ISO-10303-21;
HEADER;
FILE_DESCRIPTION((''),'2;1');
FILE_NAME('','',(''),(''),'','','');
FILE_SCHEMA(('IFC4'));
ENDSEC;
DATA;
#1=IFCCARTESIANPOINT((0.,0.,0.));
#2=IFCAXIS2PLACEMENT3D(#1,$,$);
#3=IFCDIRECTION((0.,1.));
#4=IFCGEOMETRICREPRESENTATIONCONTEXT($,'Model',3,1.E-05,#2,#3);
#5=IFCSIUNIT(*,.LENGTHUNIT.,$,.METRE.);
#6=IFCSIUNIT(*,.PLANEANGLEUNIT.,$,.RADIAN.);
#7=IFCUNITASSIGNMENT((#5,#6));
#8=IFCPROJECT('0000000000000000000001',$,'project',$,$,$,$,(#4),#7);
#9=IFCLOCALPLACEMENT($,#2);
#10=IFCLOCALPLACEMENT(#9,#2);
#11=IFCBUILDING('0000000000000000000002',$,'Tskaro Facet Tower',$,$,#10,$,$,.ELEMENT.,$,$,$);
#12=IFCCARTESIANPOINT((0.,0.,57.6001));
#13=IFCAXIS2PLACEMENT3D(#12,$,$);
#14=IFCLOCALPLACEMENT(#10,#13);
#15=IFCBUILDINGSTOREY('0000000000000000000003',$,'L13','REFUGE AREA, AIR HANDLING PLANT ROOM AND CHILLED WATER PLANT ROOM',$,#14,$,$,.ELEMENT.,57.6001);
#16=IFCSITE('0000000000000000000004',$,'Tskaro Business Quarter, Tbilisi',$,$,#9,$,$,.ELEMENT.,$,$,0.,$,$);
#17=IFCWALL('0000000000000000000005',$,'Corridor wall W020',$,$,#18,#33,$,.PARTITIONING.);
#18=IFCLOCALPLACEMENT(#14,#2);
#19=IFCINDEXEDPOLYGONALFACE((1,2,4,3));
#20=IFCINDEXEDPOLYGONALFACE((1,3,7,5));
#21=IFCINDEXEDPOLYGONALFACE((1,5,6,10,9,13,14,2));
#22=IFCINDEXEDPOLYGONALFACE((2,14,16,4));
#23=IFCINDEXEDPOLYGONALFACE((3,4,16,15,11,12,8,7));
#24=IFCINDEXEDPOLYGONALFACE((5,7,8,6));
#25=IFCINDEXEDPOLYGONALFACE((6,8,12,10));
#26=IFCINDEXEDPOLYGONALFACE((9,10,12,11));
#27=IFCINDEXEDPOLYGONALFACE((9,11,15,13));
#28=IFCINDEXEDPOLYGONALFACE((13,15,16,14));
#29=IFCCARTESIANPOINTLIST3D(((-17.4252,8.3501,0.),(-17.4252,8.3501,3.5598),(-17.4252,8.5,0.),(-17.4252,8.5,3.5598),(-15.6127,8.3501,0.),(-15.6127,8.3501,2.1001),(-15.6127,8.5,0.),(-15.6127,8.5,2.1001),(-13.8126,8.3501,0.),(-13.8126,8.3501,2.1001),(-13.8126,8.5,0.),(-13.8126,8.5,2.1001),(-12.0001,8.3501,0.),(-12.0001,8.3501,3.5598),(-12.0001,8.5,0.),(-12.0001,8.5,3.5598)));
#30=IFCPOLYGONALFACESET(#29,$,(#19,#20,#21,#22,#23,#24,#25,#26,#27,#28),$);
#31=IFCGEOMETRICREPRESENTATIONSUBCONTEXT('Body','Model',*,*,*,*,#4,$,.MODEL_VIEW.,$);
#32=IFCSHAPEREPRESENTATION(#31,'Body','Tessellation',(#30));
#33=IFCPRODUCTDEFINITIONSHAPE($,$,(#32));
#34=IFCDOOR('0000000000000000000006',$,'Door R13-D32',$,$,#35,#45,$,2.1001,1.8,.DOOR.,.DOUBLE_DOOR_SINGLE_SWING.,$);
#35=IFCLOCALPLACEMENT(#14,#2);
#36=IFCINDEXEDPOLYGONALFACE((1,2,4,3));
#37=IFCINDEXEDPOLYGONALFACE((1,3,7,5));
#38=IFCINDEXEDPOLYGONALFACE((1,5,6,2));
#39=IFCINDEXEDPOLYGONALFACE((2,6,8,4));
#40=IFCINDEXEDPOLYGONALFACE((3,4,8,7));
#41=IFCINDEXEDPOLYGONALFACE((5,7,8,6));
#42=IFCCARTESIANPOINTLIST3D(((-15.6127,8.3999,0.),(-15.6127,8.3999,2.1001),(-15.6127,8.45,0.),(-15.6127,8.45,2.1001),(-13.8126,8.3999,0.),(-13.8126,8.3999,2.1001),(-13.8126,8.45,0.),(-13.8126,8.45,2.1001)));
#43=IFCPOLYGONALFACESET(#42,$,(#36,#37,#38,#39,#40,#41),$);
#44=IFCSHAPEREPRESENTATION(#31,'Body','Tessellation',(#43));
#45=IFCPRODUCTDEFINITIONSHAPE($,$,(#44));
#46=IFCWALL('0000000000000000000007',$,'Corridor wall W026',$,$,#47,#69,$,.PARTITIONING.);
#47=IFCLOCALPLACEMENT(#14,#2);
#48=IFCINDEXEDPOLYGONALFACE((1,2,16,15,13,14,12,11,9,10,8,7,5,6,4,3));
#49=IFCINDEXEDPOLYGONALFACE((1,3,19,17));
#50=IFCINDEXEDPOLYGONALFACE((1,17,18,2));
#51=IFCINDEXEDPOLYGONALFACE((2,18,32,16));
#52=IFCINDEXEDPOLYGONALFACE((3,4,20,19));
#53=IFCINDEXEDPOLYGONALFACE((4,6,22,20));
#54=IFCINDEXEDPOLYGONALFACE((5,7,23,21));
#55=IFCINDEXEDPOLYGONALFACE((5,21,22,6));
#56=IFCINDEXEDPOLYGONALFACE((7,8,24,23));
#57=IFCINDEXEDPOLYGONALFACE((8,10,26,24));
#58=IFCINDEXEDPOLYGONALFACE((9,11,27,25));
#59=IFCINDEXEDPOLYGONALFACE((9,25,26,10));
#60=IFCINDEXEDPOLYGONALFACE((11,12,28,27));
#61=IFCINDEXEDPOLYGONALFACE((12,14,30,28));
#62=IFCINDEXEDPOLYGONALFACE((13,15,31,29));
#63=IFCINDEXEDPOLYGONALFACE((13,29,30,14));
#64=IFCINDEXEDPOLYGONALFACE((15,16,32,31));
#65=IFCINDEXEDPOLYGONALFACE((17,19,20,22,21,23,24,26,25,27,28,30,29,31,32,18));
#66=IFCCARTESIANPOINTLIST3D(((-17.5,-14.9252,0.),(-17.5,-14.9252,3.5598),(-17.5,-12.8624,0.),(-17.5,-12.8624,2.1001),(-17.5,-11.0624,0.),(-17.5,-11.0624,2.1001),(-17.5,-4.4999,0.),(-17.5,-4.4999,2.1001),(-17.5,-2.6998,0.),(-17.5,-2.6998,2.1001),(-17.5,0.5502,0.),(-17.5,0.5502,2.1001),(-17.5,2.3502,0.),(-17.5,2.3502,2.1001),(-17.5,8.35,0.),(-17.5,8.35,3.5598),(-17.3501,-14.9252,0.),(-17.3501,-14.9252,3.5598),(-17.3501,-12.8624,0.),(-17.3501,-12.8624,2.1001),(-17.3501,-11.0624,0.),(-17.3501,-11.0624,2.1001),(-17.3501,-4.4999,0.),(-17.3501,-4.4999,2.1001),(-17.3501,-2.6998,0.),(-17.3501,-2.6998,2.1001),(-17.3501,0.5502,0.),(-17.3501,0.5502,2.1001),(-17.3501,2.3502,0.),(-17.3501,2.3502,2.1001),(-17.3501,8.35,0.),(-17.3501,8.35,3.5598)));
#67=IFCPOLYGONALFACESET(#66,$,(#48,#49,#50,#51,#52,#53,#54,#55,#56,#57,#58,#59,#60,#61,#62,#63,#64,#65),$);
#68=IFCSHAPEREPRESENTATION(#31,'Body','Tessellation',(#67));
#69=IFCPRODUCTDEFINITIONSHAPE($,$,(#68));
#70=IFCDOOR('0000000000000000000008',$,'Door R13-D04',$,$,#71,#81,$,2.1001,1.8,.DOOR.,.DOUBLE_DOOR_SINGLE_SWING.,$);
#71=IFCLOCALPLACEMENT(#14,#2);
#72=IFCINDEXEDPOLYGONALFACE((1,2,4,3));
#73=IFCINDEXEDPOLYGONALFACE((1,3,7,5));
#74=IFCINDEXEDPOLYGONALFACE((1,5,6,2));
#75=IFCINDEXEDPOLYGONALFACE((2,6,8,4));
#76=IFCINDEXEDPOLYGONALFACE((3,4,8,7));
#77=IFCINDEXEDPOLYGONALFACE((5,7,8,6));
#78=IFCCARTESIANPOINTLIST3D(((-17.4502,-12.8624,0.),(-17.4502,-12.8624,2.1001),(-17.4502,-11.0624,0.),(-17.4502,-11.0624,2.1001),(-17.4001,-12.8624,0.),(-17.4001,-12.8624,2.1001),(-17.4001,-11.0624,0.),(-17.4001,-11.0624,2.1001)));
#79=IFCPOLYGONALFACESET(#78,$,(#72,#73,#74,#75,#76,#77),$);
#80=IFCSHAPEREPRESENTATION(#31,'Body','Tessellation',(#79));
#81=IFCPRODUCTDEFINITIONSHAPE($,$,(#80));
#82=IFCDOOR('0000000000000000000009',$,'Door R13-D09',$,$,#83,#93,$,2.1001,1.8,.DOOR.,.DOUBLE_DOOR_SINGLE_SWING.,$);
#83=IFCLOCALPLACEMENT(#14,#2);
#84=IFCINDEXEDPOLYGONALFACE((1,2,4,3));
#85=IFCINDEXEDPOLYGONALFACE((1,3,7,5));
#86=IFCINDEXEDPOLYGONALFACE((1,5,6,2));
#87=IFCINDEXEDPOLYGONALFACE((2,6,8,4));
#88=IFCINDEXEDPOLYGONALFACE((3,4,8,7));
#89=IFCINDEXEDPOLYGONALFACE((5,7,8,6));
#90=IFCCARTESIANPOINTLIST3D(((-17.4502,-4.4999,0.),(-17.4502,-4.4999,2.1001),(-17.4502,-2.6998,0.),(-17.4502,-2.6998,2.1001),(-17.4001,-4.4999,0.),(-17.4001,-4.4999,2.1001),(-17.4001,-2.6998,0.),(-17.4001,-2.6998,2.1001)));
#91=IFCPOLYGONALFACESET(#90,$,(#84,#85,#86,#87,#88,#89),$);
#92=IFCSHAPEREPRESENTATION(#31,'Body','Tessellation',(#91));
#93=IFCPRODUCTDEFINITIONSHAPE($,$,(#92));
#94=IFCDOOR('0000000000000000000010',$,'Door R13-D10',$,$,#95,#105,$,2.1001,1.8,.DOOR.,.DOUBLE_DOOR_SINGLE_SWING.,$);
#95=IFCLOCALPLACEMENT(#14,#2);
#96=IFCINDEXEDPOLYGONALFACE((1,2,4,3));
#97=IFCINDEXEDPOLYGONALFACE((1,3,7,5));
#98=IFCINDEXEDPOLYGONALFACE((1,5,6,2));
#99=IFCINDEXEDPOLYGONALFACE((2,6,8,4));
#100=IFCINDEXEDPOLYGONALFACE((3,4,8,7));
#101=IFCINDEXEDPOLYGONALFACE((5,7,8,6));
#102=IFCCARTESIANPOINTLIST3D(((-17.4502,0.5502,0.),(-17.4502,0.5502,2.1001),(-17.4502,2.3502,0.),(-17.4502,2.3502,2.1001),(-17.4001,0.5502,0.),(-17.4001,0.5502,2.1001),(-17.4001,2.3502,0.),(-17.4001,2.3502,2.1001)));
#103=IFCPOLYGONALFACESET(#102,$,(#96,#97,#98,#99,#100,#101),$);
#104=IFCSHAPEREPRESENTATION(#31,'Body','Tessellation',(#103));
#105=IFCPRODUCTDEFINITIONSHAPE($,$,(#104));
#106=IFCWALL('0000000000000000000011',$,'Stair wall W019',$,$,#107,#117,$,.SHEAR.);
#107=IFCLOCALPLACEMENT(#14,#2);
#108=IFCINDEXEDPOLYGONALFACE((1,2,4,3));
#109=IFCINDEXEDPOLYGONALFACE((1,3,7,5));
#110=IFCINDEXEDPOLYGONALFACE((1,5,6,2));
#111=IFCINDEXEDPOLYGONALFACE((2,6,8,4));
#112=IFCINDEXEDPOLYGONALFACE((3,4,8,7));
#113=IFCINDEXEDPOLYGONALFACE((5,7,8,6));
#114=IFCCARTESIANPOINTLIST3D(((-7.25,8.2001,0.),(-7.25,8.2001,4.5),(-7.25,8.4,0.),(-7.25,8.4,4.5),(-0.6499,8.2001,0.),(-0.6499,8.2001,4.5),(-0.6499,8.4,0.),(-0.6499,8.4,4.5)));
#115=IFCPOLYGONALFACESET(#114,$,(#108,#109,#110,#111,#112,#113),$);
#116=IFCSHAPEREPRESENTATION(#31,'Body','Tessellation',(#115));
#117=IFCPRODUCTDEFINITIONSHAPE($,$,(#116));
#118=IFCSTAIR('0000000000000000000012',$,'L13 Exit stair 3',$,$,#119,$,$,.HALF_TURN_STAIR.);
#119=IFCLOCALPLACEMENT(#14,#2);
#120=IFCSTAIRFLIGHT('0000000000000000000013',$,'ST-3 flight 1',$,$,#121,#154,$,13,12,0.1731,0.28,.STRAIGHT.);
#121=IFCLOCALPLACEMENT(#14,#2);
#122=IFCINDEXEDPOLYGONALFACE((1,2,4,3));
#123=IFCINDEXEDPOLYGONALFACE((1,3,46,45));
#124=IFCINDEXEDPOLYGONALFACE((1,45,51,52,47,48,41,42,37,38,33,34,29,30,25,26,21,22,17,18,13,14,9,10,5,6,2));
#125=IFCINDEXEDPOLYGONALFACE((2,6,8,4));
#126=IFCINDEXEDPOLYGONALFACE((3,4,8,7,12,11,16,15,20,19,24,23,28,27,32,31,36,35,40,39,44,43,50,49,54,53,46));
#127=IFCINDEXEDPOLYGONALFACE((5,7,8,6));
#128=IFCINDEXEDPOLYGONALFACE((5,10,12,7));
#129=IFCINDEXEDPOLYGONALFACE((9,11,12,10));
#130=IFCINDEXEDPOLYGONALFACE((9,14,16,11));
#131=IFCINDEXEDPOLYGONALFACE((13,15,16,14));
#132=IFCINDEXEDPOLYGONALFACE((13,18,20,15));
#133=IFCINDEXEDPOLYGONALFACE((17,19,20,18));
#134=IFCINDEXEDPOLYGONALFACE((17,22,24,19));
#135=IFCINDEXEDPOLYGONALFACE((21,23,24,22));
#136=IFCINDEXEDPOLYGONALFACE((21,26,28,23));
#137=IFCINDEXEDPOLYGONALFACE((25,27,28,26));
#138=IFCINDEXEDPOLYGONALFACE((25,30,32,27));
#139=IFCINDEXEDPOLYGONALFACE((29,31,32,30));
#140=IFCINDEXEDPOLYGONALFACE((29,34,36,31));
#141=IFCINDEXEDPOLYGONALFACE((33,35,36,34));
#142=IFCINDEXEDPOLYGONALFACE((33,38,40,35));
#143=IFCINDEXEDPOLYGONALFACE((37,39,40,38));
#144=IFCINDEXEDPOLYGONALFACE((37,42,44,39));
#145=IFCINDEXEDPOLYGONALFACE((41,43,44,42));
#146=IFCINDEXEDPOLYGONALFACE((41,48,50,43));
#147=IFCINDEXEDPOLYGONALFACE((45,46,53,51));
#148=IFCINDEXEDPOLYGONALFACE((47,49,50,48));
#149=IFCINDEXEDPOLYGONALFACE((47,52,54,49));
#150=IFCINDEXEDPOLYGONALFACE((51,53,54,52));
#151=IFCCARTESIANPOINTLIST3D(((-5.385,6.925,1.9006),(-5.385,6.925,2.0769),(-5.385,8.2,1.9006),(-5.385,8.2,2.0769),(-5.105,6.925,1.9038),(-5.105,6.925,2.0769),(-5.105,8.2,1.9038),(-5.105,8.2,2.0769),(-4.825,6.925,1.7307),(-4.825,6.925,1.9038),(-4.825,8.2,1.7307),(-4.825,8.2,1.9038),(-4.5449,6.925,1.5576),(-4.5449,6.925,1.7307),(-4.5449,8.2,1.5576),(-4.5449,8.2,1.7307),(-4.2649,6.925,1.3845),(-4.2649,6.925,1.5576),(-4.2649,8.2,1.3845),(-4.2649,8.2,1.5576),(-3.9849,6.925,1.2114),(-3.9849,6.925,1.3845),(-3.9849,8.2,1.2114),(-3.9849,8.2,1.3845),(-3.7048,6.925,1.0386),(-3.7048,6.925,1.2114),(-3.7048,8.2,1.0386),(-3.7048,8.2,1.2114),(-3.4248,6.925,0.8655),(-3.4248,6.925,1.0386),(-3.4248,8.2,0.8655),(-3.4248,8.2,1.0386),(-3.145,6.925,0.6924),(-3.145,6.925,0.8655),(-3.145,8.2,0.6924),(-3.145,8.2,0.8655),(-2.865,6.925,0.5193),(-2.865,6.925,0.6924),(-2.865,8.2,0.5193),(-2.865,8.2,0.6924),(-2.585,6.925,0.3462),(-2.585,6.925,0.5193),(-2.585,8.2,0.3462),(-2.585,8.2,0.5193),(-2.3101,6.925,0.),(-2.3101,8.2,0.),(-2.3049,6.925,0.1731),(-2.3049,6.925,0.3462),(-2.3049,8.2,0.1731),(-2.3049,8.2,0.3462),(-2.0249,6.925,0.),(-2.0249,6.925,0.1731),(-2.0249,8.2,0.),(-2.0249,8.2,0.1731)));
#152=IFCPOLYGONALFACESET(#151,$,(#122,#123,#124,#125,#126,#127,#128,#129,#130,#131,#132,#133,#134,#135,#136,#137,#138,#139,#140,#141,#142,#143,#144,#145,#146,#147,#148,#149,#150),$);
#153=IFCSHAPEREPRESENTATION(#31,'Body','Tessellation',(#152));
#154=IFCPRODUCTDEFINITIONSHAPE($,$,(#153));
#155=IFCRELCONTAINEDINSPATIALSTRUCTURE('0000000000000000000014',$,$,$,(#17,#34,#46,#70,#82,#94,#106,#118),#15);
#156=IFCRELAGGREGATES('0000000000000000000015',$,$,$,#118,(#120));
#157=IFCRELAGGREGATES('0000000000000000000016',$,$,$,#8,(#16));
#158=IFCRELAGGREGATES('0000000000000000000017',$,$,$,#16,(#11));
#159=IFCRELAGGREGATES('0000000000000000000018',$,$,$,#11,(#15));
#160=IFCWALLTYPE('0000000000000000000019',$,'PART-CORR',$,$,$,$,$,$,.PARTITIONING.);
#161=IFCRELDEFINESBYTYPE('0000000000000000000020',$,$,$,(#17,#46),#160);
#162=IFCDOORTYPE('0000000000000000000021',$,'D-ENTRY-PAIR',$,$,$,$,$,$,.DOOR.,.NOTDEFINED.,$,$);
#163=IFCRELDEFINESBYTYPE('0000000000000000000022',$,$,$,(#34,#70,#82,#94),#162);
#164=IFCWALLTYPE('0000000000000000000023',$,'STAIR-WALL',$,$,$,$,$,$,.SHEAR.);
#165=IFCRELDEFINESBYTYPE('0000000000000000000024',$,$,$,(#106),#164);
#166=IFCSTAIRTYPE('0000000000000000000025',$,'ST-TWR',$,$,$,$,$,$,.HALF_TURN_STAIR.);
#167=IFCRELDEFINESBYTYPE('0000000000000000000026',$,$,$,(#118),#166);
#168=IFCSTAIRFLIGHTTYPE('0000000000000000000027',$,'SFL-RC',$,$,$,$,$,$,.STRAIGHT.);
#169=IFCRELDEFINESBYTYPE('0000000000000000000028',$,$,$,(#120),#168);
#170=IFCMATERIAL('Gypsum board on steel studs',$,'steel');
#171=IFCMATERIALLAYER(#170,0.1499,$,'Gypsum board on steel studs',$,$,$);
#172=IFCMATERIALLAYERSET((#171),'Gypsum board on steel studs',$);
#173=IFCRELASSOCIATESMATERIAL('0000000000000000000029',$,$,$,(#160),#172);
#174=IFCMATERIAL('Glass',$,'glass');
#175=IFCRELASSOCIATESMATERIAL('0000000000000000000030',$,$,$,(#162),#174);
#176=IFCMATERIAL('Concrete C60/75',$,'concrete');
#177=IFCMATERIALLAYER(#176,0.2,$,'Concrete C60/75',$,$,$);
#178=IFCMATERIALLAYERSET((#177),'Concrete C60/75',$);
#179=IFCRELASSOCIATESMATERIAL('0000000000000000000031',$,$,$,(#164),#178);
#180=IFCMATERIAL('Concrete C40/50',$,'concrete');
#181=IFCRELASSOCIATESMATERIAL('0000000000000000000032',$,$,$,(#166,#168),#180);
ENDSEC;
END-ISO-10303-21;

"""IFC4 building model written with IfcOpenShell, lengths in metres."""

from ifc_helpers import new_model, si_unit, direction, frame, frame_2d, origin, place, context, subcontext, project, spatial, polyline, rectangle, outline, extrude, material, layer, layer_set, type_object, element, fill, aggregate, save


model = new_model("IFC4")

# Units and contexts
model_context = context("Model", 3, precision=1e-05, world=origin(), true_north=direction((0.0, 1.0)))
body_context = subcontext(model_context, "Body", "Model", "MODEL_VIEW")
ifc_project = project(units=[si_unit("LENGTHUNIT", "METRE"), si_unit("PLANEANGLEUNIT", "RADIAN")], contexts=[model_context])

# Site, building, storey
site_placement = place(None, origin())
site = spatial("IfcSite", under=ifc_project, at=site_placement, Name="Tskaro Business Quarter, Tbilisi", CompositionType="ELEMENT", RefElevation=0.0)
building_placement = place(site_placement, origin())
building = spatial("IfcBuilding", under=site, at=building_placement, Name="Tskaro Facet Tower", CompositionType="ELEMENT")
storey_placement = place(building_placement, frame((0.0, 0.0, 57.6001)))
storey = spatial("IfcBuildingStorey", under=building, at=storey_placement, Name="L13", Description="REFUGE AREA, AIR HANDLING PLANT ROOM AND CHILLED WATER PLANT ROOM", CompositionType="ELEMENT", Elevation=57.6001)

# Shared definitions
ifc_material_1 = material(Name="Gypsum board on steel studs", Category="steel")

# Wall, opening, door
ifc_layer_1 = layer(ifc_material_1, 0.1499, Name="Gypsum board on steel studs")
ifc_layer_set_1 = layer_set([ifc_layer_1], Name="Gypsum board on steel studs")
wall_type_1 = type_object("IfcWallType", Name="PART-CORR", PredefinedType="PARTITIONING", material=ifc_layer_set_1)
wall_1_placement = place(storey_placement, frame((-17.425, 8.425, 0.0), z_axis=(0.0, 0.0, 1.0), x_axis=(1.0, 0.0, 0.0)))
wall_1 = element("IfcWall", 1, at=wall_1_placement, inside=storey, type_object=wall_type_1, Name="Corridor wall W020", PredefinedType="PARTITIONING", context=body_context, shape_type="SweptSolid", body=[
    extrude(rectangle(XDim=5.425, YDim=0.1499, at=frame_2d((2.7124, 0.0))), origin(), (0.0, 0.0, 1.0), 3.5598),
])
opening_1_placement = place(wall_1_placement, frame((1.8125, 0.0, 0.0)))
opening_1 = element("IfcOpeningElement", 2, at=opening_1_placement, cuts=wall_1, PredefinedType="OPENING", context=body_context, shape_type="SweptSolid", body=[
    extrude(rectangle(XDim=1.8, YDim=2.1001, at=frame_2d((0.8999, 1.05))), frame((0.0, 0.085, 0.0), z_axis=(0.0, -1.0, 0.0), x_axis=(1.0, 0.0, 0.0)), (0.0, 0.0, 1.0), 0.1699),
])
ifc_material_2 = material(Name="Glass", Category="glass")
door_type = type_object("IfcDoorType", Name="D-ENTRY-PAIR", OperationType="NOTDEFINED", PredefinedType="DOOR", material=ifc_material_2)
door_1_placement = place(opening_1_placement, origin())
door_1 = element("IfcDoor", 3, at=door_1_placement, inside=storey, type_object=door_type, Name="Door R13-D32", OperationType="DOUBLE_DOOR_SINGLE_SWING", OverallHeight=2.1001, OverallWidth=1.8, PredefinedType="DOOR", context=body_context, shape_type="SweptSolid", body=[
    extrude(rectangle(XDim=1.8, YDim=2.1001, at=frame_2d((0.8999, 1.05))), frame((0.0, 0.0249, 0.0), z_axis=(0.0, -1.0, 0.0), x_axis=(1.0, 0.0, 0.0)), (0.0, 0.0, 1.0), 0.05),
])
fill(opening_1, door_1)

# Wall, openings, doors
wall_2_placement = place(storey_placement, frame((-17.425, 8.3501, 0.0), z_axis=(0.0, 0.0, 1.0), x_axis=(0.0, -1.0, 0.0)))
wall_2 = element("IfcWall", 4, at=wall_2_placement, inside=storey, type_object=wall_type_1, Name="Corridor wall W026", PredefinedType="PARTITIONING", context=body_context, shape_type="SweptSolid", body=[
    extrude(rectangle(XDim=23.2751, YDim=0.1499, at=frame_2d((11.6377, 0.0))), origin(), (0.0, 0.0, 1.0), 3.5598),
])
opening_2_placement = place(wall_2_placement, frame((19.4126, 0.0, 0.0)))
opening_2 = element("IfcOpeningElement", 5, at=opening_2_placement, cuts=wall_2, PredefinedType="OPENING", context=body_context, shape_type="SweptSolid", body=[
    extrude(rectangle(XDim=1.8, YDim=2.1001, at=frame_2d((0.8999, 1.05))), frame((0.0, 0.085, 0.0), z_axis=(0.0, -1.0, 0.0), x_axis=(1.0, 0.0, 0.0)), (0.0, 0.0, 1.0), 0.1699),
])
opening_3_placement = place(wall_2_placement, frame((11.05, 0.0, 0.0)))
opening_3 = element("IfcOpeningElement", 6, at=opening_3_placement, cuts=wall_2, PredefinedType="OPENING", context=body_context, shape_type="SweptSolid", body=[
    extrude(rectangle(XDim=1.8, YDim=2.1001, at=frame_2d((0.8999, 1.05))), frame((0.0, 0.085, 0.0), z_axis=(0.0, -1.0, 0.0), x_axis=(1.0, 0.0, 0.0)), (0.0, 0.0, 1.0), 0.1699),
])
opening_4_placement = place(wall_2_placement, frame((6.0, 0.0, 0.0)))
opening_4 = element("IfcOpeningElement", 7, at=opening_4_placement, cuts=wall_2, PredefinedType="OPENING", context=body_context, shape_type="SweptSolid", body=[
    extrude(rectangle(XDim=1.8, YDim=2.1001, at=frame_2d((0.8999, 1.05))), frame((0.0, 0.085, 0.0), z_axis=(0.0, -1.0, 0.0), x_axis=(1.0, 0.0, 0.0)), (0.0, 0.0, 1.0), 0.1699),
])
door_2_placement = place(opening_2_placement, origin())
door_2 = element("IfcDoor", 8, at=door_2_placement, inside=storey, type_object=door_type, Name="Door R13-D04", OperationType="DOUBLE_DOOR_SINGLE_SWING", OverallHeight=2.1001, OverallWidth=1.8, PredefinedType="DOOR", context=body_context, shape_type="SweptSolid", body=[
    extrude(rectangle(XDim=1.8, YDim=2.1001, at=frame_2d((0.8999, 1.05))), frame((0.0, 0.0249, 0.0), z_axis=(0.0, -1.0, 0.0), x_axis=(1.0, 0.0, 0.0)), (0.0, 0.0, 1.0), 0.05),
])
fill(opening_2, door_2)
door_3_placement = place(opening_3_placement, origin())
door_3 = element("IfcDoor", 9, at=door_3_placement, inside=storey, type_object=door_type, Name="Door R13-D09", OperationType="DOUBLE_DOOR_SINGLE_SWING", OverallHeight=2.1001, OverallWidth=1.8, PredefinedType="DOOR", context=body_context, shape_type="SweptSolid", body=[
    extrude(rectangle(XDim=1.8, YDim=2.1001, at=frame_2d((0.8999, 1.05))), frame((0.0, 0.0249, 0.0), z_axis=(0.0, -1.0, 0.0), x_axis=(1.0, 0.0, 0.0)), (0.0, 0.0, 1.0), 0.05),
])
fill(opening_3, door_3)
door_4_placement = place(opening_4_placement, origin())
door_4 = element("IfcDoor", 10, at=door_4_placement, inside=storey, type_object=door_type, Name="Door R13-D10", OperationType="DOUBLE_DOOR_SINGLE_SWING", OverallHeight=2.1001, OverallWidth=1.8, PredefinedType="DOOR", context=body_context, shape_type="SweptSolid", body=[
    extrude(rectangle(XDim=1.8, YDim=2.1001, at=frame_2d((0.8999, 1.05))), frame((0.0, 0.0249, 0.0), z_axis=(0.0, -1.0, 0.0), x_axis=(1.0, 0.0, 0.0)), (0.0, 0.0, 1.0), 0.05),
])
fill(opening_4, door_4)

# Wall
ifc_material_3 = material(Name="Concrete C60/75", Category="concrete")
ifc_layer_2 = layer(ifc_material_3, 0.2, Name="Concrete C60/75")
ifc_layer_set_2 = layer_set([ifc_layer_2], Name="Concrete C60/75")
wall_type_2 = type_object("IfcWallType", Name="STAIR-WALL", PredefinedType="SHEAR", material=ifc_layer_set_2)
wall_3_placement = place(storey_placement, frame((-7.25, 8.3, 0.0), z_axis=(0.0, 0.0, 1.0), x_axis=(1.0, 0.0, 0.0)))
element("IfcWall", 11, at=wall_3_placement, inside=storey, type_object=wall_type_2, Name="Stair wall W019", PredefinedType="SHEAR", context=body_context, shape_type="SweptSolid", body=[
    extrude(rectangle(XDim=6.6001, YDim=0.2, at=frame_2d((3.3, 0.0))), origin(), (0.0, 0.0, 1.0), 4.5),
])

# Stair, stair flight
ifc_material_4 = material(Name="Concrete C40/50", Category="concrete")
stair_type = type_object("IfcStairType", Name="ST-TWR", PredefinedType="HALF_TURN_STAIR", material=ifc_material_4)
stair_placement = place(storey_placement, origin())
stair = element("IfcStair", 12, at=stair_placement, inside=storey, type_object=stair_type, Name="L13 Exit stair 3", PredefinedType="HALF_TURN_STAIR")
stair_flight_type = type_object("IfcStairFlightType", Name="SFL-RC", PredefinedType="STRAIGHT", material=ifc_material_4)
stair_flight_1_placement = place(storey_placement, frame((-2.0249, 7.5625, 0.0), z_axis=(0.0, 0.0, 1.0), x_axis=(-1.0, 0.0, 0.0)))
stair_flight_1 = element("IfcStairFlight", 13, at=stair_flight_1_placement, type_object=stair_flight_type, Name="ST-3 flight 1", NumberOfRisers=13, NumberOfTreads=12, PredefinedType="STRAIGHT", RiserHeight=0.1731, TreadLength=0.28, context=body_context, shape_type="SweptSolid", body=[
    extrude(outline(polyline([(0.0, 0.0), (0.0, 0.1731), (0.28, 0.1731), (0.28, 0.3462), (0.5601, 0.3462), (0.5601, 0.5193), (0.8401, 0.5193), (0.8401, 0.6924), (1.1201, 0.6924), (1.1201, 0.8655), (1.3999, 0.8655), (1.3999, 1.0386), (1.6799, 1.0386), (1.6799, 1.2114), (1.96, 1.2114), (1.96, 1.3845), (2.24, 1.3845), (2.24, 1.5576), (2.52, 1.5576), (2.52, 1.7307), (2.8, 1.7307), (2.8, 1.9038), (3.0801, 1.9038), (3.0801, 2.0769), (3.3601, 2.0769), (3.3601, 2.25), (3.3601, 1.9006), (0.2852, 0.0), (0.0, 0.0)])), frame((0.0, 0.6375, 0.0), z_axis=(0.0, -1.0, 0.0), x_axis=(1.0, 0.0, 0.0)), (0.0, 0.0, 1.0), 1.2749),
])
aggregate(stair, [stair_flight_1])

save(model, "model.ifc")
